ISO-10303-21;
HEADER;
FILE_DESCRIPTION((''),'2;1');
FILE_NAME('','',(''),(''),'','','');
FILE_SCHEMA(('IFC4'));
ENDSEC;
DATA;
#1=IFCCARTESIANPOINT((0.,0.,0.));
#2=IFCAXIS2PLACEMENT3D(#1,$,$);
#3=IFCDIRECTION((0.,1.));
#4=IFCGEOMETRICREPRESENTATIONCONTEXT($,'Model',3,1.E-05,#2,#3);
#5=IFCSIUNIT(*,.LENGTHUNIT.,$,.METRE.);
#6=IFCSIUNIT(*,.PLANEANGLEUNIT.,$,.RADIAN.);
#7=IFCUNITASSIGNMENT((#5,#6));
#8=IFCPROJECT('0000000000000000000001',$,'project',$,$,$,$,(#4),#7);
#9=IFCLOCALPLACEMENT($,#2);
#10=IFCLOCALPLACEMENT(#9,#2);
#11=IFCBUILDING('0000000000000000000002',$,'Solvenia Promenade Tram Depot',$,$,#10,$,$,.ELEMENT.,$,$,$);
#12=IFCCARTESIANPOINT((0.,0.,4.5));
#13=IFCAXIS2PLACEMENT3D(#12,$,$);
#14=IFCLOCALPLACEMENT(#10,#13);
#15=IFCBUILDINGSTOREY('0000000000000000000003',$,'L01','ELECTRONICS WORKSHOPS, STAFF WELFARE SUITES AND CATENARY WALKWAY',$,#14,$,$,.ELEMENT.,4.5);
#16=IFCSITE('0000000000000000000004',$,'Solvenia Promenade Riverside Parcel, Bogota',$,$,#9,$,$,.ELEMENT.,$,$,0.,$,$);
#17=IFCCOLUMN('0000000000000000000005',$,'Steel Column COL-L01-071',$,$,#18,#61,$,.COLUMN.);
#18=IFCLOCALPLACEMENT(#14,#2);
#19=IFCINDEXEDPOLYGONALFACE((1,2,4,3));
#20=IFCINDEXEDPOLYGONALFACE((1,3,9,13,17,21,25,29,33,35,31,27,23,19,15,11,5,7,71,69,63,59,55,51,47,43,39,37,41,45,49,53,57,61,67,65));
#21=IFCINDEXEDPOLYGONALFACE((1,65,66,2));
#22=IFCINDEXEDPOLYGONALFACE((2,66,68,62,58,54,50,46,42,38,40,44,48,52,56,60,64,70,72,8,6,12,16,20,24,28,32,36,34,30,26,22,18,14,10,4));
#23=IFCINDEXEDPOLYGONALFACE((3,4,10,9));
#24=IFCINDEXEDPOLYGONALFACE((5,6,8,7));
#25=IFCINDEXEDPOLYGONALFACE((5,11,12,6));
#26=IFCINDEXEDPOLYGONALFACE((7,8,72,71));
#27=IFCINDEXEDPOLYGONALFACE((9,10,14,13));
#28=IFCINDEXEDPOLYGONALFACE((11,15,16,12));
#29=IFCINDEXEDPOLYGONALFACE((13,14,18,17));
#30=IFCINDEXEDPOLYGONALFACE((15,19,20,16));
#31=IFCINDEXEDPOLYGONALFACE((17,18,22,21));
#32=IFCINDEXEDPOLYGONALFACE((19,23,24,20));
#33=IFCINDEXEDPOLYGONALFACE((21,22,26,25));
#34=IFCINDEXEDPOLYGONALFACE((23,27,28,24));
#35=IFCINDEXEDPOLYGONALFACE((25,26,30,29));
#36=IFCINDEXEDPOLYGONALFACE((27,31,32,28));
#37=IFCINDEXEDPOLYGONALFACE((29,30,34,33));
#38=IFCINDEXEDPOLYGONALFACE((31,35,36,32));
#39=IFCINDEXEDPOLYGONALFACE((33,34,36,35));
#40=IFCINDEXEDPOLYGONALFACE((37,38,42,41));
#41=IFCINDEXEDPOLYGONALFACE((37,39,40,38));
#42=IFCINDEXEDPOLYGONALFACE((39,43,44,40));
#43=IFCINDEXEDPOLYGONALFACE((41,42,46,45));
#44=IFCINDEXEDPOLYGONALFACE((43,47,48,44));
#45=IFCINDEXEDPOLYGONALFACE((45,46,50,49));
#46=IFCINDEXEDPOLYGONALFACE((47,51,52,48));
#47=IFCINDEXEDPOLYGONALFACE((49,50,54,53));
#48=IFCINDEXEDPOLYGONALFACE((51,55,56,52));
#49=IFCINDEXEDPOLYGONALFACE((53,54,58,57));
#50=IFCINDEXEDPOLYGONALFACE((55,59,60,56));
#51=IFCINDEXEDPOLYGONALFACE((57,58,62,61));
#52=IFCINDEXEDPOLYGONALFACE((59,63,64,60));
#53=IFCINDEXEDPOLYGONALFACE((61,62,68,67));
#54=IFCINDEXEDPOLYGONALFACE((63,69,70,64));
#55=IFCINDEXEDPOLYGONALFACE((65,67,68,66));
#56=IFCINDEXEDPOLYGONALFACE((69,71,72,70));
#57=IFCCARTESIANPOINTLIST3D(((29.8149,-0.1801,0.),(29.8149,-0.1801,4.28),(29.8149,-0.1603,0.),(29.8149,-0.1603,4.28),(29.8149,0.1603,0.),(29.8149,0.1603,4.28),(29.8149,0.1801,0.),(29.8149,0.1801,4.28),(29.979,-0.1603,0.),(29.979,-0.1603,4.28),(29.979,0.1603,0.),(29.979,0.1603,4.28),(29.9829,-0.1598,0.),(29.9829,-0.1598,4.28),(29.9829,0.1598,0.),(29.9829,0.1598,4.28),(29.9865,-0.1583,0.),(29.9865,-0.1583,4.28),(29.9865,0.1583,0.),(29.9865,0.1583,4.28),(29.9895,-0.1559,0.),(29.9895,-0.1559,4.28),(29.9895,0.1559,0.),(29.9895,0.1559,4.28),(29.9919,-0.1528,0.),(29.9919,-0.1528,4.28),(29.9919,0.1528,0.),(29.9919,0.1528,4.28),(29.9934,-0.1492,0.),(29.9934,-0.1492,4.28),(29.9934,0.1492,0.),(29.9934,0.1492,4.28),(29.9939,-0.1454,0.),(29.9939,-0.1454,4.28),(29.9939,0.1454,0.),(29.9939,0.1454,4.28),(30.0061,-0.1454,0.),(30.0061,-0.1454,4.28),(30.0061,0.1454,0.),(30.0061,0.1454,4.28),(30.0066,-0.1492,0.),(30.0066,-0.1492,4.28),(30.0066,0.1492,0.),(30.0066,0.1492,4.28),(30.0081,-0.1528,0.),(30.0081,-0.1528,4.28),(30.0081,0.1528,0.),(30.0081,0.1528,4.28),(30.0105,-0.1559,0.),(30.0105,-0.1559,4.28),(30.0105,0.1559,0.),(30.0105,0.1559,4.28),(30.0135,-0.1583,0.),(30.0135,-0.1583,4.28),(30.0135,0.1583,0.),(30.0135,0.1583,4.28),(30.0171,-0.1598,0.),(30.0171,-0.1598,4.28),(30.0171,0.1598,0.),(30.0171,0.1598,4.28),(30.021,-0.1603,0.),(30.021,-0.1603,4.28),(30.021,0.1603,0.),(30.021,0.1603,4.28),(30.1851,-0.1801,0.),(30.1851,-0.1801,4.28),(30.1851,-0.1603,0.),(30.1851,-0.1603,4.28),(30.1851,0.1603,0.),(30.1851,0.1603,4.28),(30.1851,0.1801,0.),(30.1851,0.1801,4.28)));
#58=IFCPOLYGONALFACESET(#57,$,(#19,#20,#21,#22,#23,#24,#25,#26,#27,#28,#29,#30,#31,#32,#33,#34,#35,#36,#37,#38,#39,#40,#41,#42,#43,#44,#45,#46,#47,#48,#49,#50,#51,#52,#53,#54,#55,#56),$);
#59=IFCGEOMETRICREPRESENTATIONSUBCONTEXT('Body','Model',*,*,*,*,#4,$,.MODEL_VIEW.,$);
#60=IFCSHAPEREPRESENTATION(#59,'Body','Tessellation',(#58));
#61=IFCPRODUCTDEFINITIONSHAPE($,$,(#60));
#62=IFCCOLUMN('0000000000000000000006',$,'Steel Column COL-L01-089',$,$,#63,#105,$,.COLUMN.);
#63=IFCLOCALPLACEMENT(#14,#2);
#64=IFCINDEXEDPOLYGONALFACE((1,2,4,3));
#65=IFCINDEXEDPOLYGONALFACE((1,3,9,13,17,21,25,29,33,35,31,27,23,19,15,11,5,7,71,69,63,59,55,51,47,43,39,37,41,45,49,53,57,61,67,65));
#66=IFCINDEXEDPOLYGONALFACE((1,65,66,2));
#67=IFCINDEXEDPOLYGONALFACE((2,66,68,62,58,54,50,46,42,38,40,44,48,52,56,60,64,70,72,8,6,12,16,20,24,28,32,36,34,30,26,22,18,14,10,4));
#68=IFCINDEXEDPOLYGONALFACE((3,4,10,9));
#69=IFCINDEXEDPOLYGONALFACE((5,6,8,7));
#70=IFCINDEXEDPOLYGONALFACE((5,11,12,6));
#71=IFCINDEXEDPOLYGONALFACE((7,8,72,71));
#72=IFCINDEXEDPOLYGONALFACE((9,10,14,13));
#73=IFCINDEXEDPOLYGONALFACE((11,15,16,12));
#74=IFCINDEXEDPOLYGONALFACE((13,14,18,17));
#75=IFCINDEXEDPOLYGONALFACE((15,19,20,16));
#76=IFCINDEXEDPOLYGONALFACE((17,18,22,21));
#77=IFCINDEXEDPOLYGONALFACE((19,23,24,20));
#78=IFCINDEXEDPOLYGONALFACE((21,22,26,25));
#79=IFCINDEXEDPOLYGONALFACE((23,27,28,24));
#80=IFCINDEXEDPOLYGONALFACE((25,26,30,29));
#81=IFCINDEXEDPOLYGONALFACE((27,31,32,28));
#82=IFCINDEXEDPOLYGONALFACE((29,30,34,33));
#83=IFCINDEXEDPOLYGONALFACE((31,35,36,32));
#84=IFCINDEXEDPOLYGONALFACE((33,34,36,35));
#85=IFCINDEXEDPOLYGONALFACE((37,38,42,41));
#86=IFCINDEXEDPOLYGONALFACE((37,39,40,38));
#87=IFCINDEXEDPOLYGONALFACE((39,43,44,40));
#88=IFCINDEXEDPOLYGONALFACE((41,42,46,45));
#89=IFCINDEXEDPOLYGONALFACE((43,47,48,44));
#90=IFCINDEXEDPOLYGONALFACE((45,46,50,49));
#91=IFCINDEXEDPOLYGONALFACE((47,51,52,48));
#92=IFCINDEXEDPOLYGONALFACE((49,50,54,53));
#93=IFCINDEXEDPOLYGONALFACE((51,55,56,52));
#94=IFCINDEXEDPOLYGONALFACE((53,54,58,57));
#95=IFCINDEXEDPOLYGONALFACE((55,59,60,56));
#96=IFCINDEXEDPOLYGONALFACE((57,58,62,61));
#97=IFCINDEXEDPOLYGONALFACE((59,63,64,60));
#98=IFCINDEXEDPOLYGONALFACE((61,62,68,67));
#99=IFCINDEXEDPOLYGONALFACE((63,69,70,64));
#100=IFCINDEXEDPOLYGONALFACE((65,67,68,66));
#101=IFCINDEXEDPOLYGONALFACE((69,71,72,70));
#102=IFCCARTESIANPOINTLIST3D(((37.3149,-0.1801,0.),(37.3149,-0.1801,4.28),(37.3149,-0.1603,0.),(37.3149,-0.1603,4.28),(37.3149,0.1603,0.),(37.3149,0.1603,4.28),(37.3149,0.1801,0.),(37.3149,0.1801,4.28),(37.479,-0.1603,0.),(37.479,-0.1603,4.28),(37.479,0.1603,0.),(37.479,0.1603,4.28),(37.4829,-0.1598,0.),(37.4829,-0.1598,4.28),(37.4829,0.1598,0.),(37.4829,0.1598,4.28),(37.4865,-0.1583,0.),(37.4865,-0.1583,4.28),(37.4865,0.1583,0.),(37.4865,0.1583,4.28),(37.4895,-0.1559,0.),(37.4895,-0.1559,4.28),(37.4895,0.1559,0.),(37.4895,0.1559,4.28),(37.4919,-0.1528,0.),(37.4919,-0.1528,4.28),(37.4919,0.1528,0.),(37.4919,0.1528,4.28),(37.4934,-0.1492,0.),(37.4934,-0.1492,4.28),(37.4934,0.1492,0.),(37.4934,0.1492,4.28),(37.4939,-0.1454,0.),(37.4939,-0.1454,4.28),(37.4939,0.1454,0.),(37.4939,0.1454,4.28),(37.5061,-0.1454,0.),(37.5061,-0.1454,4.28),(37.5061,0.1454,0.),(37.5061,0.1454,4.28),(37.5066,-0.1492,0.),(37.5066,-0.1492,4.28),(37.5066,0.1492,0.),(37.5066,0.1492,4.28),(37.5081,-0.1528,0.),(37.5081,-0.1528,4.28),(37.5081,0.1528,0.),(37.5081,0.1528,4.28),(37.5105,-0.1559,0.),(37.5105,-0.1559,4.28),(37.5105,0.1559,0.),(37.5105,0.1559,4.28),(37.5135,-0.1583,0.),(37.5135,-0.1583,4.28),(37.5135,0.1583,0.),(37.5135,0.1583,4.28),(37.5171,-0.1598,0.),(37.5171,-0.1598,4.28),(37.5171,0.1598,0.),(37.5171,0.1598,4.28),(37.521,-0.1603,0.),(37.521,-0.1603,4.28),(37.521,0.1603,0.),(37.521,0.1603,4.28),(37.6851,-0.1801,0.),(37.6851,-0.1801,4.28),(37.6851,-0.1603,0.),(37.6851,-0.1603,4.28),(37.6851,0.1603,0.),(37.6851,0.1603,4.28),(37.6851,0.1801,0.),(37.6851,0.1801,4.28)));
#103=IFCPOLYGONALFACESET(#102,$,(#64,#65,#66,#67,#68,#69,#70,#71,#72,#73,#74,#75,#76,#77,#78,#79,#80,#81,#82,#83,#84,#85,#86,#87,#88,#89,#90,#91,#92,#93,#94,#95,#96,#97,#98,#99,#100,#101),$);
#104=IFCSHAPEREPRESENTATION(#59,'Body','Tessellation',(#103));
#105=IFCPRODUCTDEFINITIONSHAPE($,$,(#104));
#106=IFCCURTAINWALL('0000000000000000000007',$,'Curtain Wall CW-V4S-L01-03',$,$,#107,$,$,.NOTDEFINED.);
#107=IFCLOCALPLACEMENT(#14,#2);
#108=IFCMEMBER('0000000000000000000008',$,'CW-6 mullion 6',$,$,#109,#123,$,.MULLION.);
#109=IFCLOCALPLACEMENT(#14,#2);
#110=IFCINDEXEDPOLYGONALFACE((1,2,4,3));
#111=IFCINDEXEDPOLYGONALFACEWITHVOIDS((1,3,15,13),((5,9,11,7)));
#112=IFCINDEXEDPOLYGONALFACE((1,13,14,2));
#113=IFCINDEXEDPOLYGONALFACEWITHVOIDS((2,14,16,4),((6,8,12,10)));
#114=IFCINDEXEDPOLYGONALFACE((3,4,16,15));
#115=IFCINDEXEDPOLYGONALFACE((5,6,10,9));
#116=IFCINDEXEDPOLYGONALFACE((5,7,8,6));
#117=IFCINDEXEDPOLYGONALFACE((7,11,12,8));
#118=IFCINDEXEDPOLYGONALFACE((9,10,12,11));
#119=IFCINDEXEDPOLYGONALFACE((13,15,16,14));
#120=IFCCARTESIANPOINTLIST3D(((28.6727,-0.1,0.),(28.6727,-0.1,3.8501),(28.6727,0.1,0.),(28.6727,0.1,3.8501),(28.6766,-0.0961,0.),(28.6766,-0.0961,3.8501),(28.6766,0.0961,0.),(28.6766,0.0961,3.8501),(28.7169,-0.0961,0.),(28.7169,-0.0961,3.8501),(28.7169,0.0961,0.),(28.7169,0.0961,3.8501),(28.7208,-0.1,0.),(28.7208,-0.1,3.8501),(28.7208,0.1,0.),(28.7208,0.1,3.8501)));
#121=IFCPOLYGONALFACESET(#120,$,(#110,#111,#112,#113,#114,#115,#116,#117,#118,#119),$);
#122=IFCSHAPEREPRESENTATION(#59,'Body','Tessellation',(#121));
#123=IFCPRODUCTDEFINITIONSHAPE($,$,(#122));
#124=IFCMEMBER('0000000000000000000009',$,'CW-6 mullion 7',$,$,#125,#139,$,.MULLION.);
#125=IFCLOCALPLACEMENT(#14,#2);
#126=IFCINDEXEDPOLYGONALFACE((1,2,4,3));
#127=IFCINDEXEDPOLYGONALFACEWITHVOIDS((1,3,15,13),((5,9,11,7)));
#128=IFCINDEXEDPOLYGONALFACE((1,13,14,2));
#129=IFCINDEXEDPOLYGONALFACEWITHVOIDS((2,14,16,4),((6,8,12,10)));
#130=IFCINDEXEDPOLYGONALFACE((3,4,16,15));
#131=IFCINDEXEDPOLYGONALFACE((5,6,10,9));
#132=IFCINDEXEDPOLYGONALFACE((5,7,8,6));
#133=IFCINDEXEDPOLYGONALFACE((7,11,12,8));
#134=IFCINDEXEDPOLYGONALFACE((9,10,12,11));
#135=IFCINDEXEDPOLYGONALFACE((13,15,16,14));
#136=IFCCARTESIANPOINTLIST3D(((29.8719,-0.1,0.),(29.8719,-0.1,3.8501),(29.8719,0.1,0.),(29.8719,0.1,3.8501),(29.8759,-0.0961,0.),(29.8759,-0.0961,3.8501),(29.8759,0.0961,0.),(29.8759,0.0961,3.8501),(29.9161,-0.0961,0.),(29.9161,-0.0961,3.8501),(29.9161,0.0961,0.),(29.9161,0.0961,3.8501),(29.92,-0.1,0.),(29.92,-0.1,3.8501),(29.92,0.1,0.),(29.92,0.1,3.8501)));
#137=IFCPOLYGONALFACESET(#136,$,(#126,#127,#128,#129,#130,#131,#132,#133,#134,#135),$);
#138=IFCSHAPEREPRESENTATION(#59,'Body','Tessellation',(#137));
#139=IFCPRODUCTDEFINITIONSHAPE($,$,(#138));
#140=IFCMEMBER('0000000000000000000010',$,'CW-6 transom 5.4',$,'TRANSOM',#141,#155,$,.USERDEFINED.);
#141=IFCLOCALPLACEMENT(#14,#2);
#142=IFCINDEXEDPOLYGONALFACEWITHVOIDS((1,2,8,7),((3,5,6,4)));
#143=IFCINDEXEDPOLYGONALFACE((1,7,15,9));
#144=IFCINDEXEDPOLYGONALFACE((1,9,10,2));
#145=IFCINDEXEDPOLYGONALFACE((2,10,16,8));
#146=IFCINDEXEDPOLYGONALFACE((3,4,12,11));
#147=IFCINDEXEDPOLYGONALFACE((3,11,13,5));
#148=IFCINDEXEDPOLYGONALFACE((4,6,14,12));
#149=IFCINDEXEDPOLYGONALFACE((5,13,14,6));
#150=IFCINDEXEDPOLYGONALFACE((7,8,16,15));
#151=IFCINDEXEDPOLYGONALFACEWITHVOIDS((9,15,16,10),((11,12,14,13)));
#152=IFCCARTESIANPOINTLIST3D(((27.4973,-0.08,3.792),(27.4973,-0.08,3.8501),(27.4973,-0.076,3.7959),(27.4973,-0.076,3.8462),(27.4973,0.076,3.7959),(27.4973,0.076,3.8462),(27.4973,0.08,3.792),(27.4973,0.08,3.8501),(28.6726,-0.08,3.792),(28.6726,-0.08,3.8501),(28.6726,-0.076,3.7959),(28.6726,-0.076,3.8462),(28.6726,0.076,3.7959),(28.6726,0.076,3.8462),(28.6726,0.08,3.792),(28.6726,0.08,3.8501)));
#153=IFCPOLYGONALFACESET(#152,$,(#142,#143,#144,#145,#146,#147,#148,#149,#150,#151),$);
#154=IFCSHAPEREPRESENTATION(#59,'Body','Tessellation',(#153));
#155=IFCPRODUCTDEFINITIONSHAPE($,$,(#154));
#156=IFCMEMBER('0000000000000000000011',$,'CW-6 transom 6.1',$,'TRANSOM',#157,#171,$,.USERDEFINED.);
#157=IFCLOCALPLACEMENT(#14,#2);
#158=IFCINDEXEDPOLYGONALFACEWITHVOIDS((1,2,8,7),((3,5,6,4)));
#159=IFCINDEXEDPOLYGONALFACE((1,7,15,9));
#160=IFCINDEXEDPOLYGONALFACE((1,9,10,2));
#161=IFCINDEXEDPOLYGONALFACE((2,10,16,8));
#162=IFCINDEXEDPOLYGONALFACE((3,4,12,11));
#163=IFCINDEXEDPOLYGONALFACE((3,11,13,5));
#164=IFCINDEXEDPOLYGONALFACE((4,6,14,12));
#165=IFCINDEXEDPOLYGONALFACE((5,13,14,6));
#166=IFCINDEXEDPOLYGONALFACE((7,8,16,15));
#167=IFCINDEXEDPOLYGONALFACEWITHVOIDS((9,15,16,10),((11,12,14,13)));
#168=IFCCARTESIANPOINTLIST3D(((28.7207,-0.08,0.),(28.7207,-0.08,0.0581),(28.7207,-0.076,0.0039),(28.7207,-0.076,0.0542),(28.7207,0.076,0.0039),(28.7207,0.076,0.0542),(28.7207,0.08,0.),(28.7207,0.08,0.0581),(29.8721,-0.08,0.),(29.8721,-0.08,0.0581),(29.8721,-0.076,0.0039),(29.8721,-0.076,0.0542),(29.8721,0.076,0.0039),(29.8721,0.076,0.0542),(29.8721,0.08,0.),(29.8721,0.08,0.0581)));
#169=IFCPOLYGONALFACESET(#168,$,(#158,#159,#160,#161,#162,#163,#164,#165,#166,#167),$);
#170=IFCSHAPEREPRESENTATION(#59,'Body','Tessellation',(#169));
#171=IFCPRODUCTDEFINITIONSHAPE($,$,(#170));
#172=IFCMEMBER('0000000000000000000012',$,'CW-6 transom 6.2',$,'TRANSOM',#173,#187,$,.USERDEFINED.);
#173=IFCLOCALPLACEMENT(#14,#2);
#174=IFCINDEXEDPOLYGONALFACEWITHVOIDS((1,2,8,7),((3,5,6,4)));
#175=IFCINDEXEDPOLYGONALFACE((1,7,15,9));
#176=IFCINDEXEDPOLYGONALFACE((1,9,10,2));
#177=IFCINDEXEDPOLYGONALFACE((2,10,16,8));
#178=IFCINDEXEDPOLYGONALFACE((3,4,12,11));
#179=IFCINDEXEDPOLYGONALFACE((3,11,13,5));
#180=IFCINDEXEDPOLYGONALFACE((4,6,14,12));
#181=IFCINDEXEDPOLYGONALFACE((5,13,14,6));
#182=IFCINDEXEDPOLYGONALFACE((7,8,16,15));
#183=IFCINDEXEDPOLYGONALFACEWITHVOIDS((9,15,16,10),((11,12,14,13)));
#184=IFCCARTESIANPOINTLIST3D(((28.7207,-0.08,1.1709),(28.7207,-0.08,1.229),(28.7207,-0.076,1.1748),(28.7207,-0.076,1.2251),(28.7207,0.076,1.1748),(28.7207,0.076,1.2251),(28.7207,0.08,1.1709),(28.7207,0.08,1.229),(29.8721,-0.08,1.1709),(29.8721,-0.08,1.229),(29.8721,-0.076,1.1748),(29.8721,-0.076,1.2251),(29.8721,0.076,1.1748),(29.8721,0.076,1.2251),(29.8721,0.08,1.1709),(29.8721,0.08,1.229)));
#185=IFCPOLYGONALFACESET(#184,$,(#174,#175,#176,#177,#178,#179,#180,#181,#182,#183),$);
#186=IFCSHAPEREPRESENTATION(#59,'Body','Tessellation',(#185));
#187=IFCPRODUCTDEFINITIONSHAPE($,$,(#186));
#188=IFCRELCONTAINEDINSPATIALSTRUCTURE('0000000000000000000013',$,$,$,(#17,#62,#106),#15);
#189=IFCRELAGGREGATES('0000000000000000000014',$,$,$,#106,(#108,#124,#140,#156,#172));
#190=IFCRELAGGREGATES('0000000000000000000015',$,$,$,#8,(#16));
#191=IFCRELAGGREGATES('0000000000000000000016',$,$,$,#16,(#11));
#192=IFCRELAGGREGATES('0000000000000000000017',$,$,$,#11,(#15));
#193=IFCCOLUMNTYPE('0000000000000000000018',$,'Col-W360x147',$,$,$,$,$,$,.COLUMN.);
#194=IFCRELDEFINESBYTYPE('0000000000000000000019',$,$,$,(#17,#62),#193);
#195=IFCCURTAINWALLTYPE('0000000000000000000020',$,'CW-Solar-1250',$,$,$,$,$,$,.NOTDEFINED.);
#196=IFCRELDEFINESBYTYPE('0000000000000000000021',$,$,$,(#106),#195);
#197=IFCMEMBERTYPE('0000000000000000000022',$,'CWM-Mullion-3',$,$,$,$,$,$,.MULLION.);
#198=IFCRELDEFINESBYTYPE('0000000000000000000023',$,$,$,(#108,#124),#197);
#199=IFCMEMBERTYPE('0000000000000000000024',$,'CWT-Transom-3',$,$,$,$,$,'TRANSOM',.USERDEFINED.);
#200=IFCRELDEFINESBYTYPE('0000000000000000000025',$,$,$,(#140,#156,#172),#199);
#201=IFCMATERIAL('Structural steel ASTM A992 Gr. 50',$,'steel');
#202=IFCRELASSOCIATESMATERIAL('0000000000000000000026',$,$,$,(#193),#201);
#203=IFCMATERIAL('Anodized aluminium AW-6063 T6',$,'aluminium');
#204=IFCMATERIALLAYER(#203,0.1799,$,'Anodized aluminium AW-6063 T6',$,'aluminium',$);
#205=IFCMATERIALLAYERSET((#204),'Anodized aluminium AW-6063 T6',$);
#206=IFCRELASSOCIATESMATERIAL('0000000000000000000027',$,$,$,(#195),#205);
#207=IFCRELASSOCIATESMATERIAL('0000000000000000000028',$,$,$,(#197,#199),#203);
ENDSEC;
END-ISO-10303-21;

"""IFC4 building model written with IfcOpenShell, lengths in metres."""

from ifc_helpers import new_model, si_unit, direction, frame, origin, origin_2d, place, context, subcontext, project, spatial, hollow_rectangle, i_section, extrude, material, layer, layer_set, material_profile, profile_set, type_object, element, aggregate, save


model = new_model("IFC4")

# Units and contexts
model_context = context("Model", 3, precision=1e-05, world=origin(), true_north=direction((0.0, 1.0)))
body_context = subcontext(model_context, "Body", "Model", "MODEL_VIEW")
ifc_project = project(units=[si_unit("LENGTHUNIT", "METRE"), si_unit("PLANEANGLEUNIT", "RADIAN")], contexts=[model_context])

# Site, building, storey
site_placement = place(None, origin())
site = spatial("IfcSite", under=ifc_project, at=site_placement, Name="Solvenia Promenade Riverside Parcel, Bogota", CompositionType="ELEMENT", RefElevation=0.0)
building_placement = place(site_placement, origin())
building = spatial("IfcBuilding", under=site, at=building_placement, Name="Solvenia Promenade Tram Depot", CompositionType="ELEMENT")
storey_placement = place(building_placement, frame((0.0, 0.0, 4.5)))
storey = spatial("IfcBuildingStorey", under=building, at=storey_placement, Name="L01", Description="ELECTRONICS WORKSHOPS, STAFF WELFARE SUITES AND CATENARY WALKWAY", CompositionType="ELEMENT", Elevation=4.5)

# Columns
ifc_material_1 = material(Name="Structural steel ASTM A992 Gr. 50", Category="steel")
ifc_material_profile_1 = material_profile(ifc_material_1, i_section(OverallWidth=0.3701, OverallDepth=0.3601, WebThickness=0.0122, FlangeThickness=0.0198, FilletRadius=0.0149, at=origin_2d()), Name="W360x147", Category="steel")
ifc_profile_set_1 = profile_set([ifc_material_profile_1], Name="Structural steel ASTM A992 Gr. 50")
column_type = type_object("IfcColumnType", Name="Col-W360x147", PredefinedType="COLUMN", material=ifc_profile_set_1)
for number, where, z_axis, x_axis, name in (
    (1, (30.0, 0.0, 0.0), (0.0, 0.0, 1.0), (1.0, 0.0, 0.0), "Steel Column COL-L01-071"),
    (2, (37.5, 0.0, 0.0), (0.0, 0.0, 1.0), (1.0, 0.0, 0.0), "Steel Column COL-L01-089"),
):
    element("IfcColumn", number, at=place(storey_placement, frame(where, z_axis=z_axis, x_axis=x_axis)), inside=storey, type_object=column_type, Name=name, PredefinedType="COLUMN", context=body_context, shape_type="SweptSolid", body=[
        extrude(i_section(OverallWidth=0.3701, OverallDepth=0.3601, WebThickness=0.0122, FlangeThickness=0.0198, FilletRadius=0.0149, at=origin_2d()), origin(), (0.0, 0.0, 1.0), 4.28),
    ])

# Curtain wall, members
ifc_material_2 = material(Name="Anodized aluminium AW-6063 T6", Category="aluminium")
ifc_layer_1 = layer(ifc_material_2, 0.1799, Name="Anodized aluminium AW-6063 T6", Category="aluminium")
ifc_layer_set_1 = layer_set([ifc_layer_1], Name="Anodized aluminium AW-6063 T6")
curtain_wall_type = type_object("IfcCurtainWallType", Name="CW-Solar-1250", PredefinedType="NOTDEFINED", material=ifc_layer_set_1)
curtain_wall_placement = place(storey_placement, origin())
curtain_wall = element("IfcCurtainWall", 3, at=curtain_wall_placement, inside=storey, type_object=curtain_wall_type, Name="Curtain Wall CW-V4S-L01-03", PredefinedType="NOTDEFINED")
ifc_material_profile_2 = material_profile(ifc_material_2, hollow_rectangle(XDim=0.2, YDim=0.0481, WallThickness=0.0039, at=origin_2d()), Name="ALU-M3", Category="aluminium")
ifc_profile_set_2 = profile_set([ifc_material_profile_2], Name="Anodized aluminium AW-6063 T6")
member_type_1 = type_object("IfcMemberType", Name="CWM-Mullion-3", PredefinedType="MULLION", material=ifc_profile_set_2)
member_1_placement = place(storey_placement, frame((28.6968, 0.0, 0.0), z_axis=(0.0, 0.0, 1.0), x_axis=(0.0, 1.0, 0.0)))
member_1 = element("IfcMember", 4, at=member_1_placement, type_object=member_type_1, Name="CW-6 mullion 6", PredefinedType="MULLION", context=body_context, shape_type="SweptSolid", body=[
    extrude(hollow_rectangle(XDim=0.2, YDim=0.0481, WallThickness=0.0039, at=origin_2d()), origin(), (0.0, 0.0, 1.0), 3.8501),
])
member_2_placement = place(storey_placement, frame((29.896, 0.0, 0.0), z_axis=(0.0, 0.0, 1.0), x_axis=(0.0, 1.0, 0.0)))
member_2 = element("IfcMember", 5, at=member_2_placement, type_object=member_type_1, Name="CW-6 mullion 7", PredefinedType="MULLION", context=body_context, shape_type="SweptSolid", body=[
    extrude(hollow_rectangle(XDim=0.2, YDim=0.0481, WallThickness=0.0039, at=origin_2d()), origin(), (0.0, 0.0, 1.0), 3.8501),
])
ifc_material_profile_3 = material_profile(ifc_material_2, hollow_rectangle(XDim=0.1599, YDim=0.0581, WallThickness=0.0039, at=origin_2d()), Name="ALU-T3", Category="aluminium")
ifc_profile_set_3 = profile_set([ifc_material_profile_3], Name="Anodized aluminium AW-6063 T6")
member_type_2 = type_object("IfcMemberType", Name="CWT-Transom-3", ElementType="TRANSOM", PredefinedType="USERDEFINED", material=ifc_profile_set_3)
member_3_placement = place(storey_placement, frame((27.4973, 0.0, 3.821), z_axis=(1.0, 0.0, 0.0), x_axis=(0.0, 1.0, 0.0)))
member_3 = element("IfcMember", 6, at=member_3_placement, type_object=member_type_2, Name="CW-6 transom 5.4", ObjectType="TRANSOM", PredefinedType="USERDEFINED", context=body_context, shape_type="SweptSolid", body=[
    extrude(hollow_rectangle(XDim=0.1599, YDim=0.0581, WallThickness=0.0039, at=origin_2d()), origin(), (0.0, 0.0, 1.0), 1.1753),
])
member_4_placement = place(storey_placement, frame((28.7207, 0.0, 0.0291), z_axis=(1.0, 0.0, 0.0), x_axis=(0.0, 1.0, 0.0)))
member_4 = element("IfcMember", 7, at=member_4_placement, type_object=member_type_2, Name="CW-6 transom 6.1", ObjectType="TRANSOM", PredefinedType="USERDEFINED", context=body_context, shape_type="SweptSolid", body=[
    extrude(hollow_rectangle(XDim=0.1599, YDim=0.0581, WallThickness=0.0039, at=origin_2d()), origin(), (0.0, 0.0, 1.0), 1.1514),
])
member_5_placement = place(storey_placement, frame((28.7207, 0.0, 1.2), z_axis=(1.0, 0.0, 0.0), x_axis=(0.0, 1.0, 0.0)))
member_5 = element("IfcMember", 8, at=member_5_placement, type_object=member_type_2, Name="CW-6 transom 6.2", ObjectType="TRANSOM", PredefinedType="USERDEFINED", context=body_context, shape_type="SweptSolid", body=[
    extrude(hollow_rectangle(XDim=0.1599, YDim=0.0581, WallThickness=0.0039, at=origin_2d()), origin(), (0.0, 0.0, 1.0), 1.1514),
])

aggregate(curtain_wall, [member_1, member_2, member_3, member_4, member_5])

save(model, "model.ifc")
